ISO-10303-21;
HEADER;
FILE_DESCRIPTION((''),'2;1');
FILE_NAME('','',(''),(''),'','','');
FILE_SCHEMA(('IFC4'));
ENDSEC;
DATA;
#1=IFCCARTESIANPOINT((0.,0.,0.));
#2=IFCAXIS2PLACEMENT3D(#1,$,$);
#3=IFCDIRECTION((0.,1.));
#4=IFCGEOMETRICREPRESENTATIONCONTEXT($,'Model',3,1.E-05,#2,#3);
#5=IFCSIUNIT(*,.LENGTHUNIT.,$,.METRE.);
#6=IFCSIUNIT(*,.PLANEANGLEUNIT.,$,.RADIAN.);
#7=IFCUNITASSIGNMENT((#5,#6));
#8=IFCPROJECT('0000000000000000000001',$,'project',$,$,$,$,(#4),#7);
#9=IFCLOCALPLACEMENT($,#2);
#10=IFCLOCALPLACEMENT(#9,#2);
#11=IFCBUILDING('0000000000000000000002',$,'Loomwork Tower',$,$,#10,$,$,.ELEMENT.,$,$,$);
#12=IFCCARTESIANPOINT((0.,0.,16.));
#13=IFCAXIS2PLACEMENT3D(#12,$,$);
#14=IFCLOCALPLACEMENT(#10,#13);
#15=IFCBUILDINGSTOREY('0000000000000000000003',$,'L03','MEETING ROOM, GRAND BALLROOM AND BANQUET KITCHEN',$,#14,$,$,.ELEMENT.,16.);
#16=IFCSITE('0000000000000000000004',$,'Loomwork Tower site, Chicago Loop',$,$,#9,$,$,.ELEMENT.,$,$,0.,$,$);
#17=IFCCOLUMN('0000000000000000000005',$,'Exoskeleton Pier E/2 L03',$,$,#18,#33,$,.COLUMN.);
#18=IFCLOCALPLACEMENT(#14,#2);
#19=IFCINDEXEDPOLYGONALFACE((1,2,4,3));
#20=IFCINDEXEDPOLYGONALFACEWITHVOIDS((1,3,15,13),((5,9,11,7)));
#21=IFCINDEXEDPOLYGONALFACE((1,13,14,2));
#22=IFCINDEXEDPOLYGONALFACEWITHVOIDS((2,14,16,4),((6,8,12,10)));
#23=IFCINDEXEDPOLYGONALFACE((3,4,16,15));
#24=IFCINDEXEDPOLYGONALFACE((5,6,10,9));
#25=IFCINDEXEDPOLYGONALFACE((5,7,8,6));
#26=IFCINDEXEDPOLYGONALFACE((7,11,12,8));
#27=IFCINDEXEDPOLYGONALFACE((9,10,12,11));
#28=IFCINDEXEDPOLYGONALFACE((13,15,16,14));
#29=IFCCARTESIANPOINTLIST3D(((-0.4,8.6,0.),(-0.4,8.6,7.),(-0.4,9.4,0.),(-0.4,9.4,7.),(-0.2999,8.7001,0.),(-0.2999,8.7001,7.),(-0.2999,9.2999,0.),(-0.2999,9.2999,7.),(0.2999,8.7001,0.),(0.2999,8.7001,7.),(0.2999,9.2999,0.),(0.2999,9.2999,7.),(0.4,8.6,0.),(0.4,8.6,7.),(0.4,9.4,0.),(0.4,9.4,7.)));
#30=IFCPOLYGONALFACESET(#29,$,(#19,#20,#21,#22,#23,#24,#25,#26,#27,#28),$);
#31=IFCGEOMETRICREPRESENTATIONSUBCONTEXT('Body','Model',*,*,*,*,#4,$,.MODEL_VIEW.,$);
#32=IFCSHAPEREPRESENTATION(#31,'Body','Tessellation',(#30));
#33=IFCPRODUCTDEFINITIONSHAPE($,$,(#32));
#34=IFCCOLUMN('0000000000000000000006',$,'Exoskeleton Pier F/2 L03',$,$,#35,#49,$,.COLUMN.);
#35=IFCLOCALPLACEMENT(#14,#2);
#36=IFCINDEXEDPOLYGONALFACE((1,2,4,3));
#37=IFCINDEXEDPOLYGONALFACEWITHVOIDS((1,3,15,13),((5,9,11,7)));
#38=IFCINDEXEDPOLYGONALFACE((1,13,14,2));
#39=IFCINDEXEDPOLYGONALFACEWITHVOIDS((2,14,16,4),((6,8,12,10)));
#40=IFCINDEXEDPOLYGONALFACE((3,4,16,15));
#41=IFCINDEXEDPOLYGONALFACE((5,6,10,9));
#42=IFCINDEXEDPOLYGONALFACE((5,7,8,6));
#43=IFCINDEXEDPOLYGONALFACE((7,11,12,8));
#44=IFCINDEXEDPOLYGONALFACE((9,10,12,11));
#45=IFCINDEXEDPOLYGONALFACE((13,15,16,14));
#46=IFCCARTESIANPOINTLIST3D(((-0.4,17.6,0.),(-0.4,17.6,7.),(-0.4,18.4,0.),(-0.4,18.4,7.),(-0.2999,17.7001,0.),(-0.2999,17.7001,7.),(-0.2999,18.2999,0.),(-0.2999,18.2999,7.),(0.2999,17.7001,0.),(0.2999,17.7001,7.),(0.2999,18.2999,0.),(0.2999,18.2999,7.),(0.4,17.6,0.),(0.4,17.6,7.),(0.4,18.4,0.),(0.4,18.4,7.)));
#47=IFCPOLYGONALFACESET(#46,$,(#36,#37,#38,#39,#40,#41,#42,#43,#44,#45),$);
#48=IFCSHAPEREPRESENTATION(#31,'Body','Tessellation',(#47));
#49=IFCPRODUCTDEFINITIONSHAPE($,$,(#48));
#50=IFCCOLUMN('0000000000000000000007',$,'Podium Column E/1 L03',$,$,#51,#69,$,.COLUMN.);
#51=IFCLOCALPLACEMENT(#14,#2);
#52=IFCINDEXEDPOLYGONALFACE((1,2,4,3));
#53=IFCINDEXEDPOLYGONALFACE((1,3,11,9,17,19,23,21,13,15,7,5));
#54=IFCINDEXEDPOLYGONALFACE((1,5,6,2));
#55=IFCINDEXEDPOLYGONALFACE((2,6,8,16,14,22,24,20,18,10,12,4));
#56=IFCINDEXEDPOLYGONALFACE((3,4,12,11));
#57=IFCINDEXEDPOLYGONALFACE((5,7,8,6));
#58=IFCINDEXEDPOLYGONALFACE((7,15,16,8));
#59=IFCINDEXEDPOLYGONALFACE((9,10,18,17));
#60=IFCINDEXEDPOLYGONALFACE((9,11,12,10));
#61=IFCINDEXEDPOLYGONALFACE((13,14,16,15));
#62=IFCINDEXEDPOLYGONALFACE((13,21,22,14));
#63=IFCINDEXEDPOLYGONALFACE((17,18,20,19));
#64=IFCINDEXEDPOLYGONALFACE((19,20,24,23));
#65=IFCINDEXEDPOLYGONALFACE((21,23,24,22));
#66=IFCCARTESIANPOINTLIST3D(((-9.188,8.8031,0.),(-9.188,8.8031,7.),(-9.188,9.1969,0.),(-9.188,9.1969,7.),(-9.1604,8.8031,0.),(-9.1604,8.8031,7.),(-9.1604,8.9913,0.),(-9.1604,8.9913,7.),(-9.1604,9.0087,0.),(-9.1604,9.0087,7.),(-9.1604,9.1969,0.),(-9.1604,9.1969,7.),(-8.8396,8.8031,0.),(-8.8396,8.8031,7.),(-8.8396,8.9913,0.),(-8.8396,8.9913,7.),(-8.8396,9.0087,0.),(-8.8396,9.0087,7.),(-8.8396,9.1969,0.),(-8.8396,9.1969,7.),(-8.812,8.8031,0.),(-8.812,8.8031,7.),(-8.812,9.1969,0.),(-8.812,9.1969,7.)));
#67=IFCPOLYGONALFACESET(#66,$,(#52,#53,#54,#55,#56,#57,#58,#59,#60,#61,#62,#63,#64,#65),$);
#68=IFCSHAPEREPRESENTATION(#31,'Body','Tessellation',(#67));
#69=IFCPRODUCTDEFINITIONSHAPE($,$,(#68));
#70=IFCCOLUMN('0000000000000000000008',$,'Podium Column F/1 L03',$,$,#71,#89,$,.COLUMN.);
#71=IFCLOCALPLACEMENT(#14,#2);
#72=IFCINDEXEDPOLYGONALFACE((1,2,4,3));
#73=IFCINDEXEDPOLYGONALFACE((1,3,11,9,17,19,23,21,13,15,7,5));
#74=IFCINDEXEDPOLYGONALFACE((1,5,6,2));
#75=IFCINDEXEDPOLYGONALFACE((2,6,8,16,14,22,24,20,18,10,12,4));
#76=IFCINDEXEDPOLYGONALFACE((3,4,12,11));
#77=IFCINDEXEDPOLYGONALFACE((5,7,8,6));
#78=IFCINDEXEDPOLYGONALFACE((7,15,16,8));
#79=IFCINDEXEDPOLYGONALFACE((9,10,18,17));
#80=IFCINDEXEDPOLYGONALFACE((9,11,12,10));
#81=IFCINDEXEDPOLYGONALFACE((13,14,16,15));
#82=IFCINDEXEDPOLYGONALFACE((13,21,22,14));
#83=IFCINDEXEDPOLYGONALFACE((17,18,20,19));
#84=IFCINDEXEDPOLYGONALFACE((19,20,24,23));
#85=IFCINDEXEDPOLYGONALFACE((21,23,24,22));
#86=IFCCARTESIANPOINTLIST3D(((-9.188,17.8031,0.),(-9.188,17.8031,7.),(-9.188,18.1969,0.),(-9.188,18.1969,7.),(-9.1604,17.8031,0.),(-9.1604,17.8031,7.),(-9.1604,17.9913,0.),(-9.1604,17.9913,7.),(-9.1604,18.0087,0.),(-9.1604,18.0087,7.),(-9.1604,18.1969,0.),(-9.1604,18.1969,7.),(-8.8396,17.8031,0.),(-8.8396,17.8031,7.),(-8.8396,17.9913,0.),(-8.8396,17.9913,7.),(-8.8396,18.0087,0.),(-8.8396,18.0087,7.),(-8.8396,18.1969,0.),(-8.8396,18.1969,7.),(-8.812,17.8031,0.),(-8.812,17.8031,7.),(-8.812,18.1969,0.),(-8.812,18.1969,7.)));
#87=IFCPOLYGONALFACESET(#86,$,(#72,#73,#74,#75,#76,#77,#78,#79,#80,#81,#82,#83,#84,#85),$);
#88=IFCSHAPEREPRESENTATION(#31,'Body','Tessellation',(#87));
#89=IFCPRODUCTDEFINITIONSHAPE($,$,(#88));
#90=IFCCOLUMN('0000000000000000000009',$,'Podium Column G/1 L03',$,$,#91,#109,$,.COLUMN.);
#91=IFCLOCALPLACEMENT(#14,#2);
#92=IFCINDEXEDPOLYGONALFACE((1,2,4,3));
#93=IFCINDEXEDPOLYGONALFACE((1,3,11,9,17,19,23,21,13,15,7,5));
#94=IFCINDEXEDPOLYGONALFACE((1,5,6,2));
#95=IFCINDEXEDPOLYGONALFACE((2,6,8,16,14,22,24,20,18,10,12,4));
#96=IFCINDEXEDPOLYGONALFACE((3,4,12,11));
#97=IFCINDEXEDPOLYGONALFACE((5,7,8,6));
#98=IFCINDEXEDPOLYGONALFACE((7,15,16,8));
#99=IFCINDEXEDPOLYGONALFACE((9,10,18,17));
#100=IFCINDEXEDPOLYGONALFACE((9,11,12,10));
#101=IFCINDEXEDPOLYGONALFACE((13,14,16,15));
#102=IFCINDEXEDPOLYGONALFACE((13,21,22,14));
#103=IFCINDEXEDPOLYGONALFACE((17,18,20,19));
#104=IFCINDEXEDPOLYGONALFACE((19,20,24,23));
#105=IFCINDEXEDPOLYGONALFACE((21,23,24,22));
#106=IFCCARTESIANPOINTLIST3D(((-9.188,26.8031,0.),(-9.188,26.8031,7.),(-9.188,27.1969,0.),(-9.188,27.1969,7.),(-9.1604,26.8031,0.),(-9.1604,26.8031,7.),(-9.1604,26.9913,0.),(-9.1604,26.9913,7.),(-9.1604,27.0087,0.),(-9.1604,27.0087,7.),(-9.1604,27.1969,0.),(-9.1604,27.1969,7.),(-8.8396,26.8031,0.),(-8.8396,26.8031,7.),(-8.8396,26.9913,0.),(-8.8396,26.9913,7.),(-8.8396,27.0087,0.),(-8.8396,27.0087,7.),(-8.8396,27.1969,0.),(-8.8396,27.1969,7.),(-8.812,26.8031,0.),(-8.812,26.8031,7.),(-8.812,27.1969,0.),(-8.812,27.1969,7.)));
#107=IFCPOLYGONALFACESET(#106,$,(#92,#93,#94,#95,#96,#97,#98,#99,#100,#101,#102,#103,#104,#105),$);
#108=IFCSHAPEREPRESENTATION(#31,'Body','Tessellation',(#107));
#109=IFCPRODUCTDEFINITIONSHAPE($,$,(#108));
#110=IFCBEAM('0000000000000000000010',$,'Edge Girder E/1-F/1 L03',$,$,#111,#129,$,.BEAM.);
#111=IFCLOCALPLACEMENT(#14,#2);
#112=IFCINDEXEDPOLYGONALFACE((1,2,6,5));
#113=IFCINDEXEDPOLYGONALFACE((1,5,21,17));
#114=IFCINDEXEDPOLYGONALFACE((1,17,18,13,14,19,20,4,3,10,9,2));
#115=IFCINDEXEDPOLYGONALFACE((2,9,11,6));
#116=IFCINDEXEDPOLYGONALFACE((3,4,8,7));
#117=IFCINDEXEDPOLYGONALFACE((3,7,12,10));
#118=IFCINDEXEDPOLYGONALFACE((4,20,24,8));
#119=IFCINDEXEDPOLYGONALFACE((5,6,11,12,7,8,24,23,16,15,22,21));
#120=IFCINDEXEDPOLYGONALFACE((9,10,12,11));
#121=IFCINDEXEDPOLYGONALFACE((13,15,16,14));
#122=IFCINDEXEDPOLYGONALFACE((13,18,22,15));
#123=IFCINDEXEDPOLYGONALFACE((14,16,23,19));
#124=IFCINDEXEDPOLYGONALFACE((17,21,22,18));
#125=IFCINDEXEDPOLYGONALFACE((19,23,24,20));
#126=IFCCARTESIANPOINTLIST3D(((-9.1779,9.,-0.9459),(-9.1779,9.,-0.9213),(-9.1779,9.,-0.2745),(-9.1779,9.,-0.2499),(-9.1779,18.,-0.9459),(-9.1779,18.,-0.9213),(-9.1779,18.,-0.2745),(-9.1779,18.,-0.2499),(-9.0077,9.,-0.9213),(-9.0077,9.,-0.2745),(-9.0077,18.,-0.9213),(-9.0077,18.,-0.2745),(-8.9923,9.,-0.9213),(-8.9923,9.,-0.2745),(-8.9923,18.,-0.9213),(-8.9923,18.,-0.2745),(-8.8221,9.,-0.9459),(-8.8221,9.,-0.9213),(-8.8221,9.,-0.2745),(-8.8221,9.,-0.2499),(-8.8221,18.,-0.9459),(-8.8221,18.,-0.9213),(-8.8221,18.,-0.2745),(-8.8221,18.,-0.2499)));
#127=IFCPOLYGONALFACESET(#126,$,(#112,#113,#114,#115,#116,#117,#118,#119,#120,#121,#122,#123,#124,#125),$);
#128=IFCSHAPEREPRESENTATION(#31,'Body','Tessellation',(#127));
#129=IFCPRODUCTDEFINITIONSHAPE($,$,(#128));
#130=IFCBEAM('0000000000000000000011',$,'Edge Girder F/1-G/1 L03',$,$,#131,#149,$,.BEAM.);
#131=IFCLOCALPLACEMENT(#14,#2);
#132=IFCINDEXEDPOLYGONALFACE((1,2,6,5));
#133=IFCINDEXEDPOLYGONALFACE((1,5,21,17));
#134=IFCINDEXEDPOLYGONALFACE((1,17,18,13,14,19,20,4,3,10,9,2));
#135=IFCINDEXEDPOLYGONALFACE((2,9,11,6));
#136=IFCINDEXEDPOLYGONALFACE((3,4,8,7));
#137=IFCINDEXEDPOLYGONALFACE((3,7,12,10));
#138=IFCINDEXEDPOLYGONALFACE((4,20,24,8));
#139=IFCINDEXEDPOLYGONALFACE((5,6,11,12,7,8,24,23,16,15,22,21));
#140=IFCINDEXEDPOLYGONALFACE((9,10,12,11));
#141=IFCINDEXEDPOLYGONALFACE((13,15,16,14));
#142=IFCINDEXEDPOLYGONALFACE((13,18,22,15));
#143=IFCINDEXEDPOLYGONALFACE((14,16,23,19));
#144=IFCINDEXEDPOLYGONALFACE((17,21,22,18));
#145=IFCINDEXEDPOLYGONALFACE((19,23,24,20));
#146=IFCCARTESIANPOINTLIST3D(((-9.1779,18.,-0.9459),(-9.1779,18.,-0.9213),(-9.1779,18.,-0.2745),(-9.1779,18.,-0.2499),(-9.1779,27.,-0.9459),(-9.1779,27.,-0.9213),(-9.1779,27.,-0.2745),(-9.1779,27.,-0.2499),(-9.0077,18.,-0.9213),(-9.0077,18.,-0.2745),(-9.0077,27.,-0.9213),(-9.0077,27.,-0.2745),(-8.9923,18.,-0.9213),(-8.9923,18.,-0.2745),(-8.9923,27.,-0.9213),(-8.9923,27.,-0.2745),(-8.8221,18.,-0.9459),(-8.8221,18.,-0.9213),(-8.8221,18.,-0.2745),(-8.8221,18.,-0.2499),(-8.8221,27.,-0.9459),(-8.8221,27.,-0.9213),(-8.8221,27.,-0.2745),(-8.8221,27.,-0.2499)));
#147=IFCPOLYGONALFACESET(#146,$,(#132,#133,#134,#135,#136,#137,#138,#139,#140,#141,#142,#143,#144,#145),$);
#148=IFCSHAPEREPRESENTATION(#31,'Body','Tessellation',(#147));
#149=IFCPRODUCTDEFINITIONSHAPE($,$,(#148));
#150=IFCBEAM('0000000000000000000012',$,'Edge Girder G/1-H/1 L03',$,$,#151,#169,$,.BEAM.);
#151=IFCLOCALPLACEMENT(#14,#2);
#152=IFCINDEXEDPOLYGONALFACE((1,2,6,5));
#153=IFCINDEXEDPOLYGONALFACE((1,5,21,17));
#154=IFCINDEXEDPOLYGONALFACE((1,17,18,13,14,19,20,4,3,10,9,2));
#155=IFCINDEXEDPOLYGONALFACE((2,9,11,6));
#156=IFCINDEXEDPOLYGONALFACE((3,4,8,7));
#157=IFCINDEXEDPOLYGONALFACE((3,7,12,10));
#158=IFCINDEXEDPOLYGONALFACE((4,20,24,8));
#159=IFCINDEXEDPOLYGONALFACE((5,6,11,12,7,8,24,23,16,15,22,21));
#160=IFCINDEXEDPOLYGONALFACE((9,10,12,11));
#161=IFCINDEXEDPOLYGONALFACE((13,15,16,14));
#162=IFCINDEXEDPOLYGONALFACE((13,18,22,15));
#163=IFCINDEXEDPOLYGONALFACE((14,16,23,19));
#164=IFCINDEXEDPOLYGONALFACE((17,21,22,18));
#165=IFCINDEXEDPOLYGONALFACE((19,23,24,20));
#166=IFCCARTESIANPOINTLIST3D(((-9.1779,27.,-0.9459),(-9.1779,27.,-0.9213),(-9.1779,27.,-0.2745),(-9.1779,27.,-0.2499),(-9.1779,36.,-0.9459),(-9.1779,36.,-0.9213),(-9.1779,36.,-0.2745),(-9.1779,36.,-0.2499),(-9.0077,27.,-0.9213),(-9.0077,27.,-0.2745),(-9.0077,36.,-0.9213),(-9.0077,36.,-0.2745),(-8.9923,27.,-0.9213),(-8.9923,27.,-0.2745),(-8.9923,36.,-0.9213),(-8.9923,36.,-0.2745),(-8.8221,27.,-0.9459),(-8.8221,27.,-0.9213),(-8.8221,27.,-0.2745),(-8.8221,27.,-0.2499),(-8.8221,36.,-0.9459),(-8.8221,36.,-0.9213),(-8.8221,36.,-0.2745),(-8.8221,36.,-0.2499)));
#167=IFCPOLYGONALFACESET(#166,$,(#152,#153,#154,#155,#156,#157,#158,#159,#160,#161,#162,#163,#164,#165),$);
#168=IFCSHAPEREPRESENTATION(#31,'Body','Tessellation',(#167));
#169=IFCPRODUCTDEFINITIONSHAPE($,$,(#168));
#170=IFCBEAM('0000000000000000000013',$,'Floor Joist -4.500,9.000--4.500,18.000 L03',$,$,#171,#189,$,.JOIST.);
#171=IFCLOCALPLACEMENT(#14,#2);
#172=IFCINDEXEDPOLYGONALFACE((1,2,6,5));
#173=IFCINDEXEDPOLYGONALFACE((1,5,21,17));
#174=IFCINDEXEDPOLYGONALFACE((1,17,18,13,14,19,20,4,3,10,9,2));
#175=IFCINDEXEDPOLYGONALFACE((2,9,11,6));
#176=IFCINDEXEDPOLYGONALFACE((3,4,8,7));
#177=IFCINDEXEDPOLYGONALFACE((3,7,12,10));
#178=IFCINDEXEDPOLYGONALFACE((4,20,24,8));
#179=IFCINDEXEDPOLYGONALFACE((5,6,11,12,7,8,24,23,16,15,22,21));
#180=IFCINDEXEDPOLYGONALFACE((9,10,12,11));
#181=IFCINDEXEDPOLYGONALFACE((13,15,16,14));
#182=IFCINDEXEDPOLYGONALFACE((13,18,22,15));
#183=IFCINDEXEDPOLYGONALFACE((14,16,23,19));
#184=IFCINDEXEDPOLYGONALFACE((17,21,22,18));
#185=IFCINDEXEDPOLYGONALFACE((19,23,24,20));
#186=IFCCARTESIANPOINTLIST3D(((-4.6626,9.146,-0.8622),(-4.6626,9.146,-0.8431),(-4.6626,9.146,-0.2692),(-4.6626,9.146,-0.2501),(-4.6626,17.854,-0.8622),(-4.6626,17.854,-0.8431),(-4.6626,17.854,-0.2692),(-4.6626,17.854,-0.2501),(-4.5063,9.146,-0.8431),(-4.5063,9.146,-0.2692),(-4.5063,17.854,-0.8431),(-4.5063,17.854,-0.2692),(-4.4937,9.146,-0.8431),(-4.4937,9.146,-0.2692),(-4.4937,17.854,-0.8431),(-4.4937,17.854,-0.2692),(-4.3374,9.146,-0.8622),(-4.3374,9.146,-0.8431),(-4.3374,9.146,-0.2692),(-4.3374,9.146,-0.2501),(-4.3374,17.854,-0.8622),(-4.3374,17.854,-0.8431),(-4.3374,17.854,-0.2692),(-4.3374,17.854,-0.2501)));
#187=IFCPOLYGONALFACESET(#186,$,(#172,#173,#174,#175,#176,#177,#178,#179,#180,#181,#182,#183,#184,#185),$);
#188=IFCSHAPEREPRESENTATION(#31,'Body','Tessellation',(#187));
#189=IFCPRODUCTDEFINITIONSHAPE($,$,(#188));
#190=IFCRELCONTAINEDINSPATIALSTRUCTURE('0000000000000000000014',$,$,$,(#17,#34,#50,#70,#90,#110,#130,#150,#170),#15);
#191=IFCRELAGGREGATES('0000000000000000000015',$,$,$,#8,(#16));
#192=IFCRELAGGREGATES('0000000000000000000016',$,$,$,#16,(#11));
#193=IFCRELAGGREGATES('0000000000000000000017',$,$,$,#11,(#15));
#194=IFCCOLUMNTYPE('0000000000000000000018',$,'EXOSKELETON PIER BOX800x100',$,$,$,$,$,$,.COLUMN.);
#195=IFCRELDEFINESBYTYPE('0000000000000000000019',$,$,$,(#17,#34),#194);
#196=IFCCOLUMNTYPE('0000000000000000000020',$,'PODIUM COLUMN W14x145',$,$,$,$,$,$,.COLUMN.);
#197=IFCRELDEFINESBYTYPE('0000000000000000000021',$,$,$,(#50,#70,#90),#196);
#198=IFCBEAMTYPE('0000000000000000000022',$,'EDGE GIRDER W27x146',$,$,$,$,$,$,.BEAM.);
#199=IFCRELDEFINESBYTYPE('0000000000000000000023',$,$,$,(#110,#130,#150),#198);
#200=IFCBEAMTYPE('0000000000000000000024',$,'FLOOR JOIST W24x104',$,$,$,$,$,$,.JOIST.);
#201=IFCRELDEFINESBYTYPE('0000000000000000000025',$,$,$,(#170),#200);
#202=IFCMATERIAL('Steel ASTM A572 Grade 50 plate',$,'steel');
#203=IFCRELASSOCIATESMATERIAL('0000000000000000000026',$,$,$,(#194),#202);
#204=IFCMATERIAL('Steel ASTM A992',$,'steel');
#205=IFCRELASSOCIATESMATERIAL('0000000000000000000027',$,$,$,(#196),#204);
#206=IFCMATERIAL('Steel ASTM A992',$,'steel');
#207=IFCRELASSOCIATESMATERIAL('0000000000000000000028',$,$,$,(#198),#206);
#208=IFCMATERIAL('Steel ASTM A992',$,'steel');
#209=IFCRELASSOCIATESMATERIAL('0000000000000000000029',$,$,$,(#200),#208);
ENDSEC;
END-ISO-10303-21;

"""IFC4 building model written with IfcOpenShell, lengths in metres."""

from ifc_helpers import new_model, si_unit, direction, frame, origin, origin_2d, place, context, subcontext, project, spatial, hollow_rectangle, i_section, extrude, material, material_profile, profile_set, type_object, element, save


model = new_model("IFC4")

# Units and contexts
model_context = context("Model", 3, precision=1e-05, world=origin(), true_north=direction((0.0, 1.0)))
body_context = subcontext(model_context, "Body", "Model", "MODEL_VIEW")
ifc_project = project(units=[si_unit("LENGTHUNIT", "METRE"), si_unit("PLANEANGLEUNIT", "RADIAN")], contexts=[model_context])

# Site, building, storey
site_placement = place(None, origin())
site = spatial("IfcSite", under=ifc_project, at=site_placement, Name="Loomwork Tower site, Chicago Loop", CompositionType="ELEMENT", RefElevation=0.0)
building_placement = place(site_placement, origin())
building = spatial("IfcBuilding", under=site, at=building_placement, Name="Loomwork Tower", CompositionType="ELEMENT")
storey_placement = place(building_placement, frame((0.0, 0.0, 16.0)))
storey = spatial("IfcBuildingStorey", under=building, at=storey_placement, Name="L03", Description="MEETING ROOM, GRAND BALLROOM AND BANQUET KITCHEN", CompositionType="ELEMENT", Elevation=16.0)

# Columns
ifc_material_1 = material(Name="Steel ASTM A572 Grade 50 plate", Category="steel")
ifc_material_profile_1 = material_profile(ifc_material_1, hollow_rectangle(XDim=0.8, YDim=0.8, WallThickness=0.1001, at=origin_2d()), Name="BOX800x100")
ifc_profile_set_1 = profile_set([ifc_material_profile_1], Name="Steel ASTM A572 Grade 50 plate")
column_type_1 = type_object("IfcColumnType", Name="EXOSKELETON PIER BOX800x100", PredefinedType="COLUMN", material=ifc_profile_set_1)
for number, where, z_axis, x_axis, name in (
    (1, (0.0, 9.0, 0.0), (0.0, 0.0, 1.0), (0.0, 1.0, 0.0), "Exoskeleton Pier E/2 L03"),
    (2, (0.0, 18.0, 0.0), (0.0, 0.0, 1.0), (0.0, 1.0, 0.0), "Exoskeleton Pier F/2 L03"),
):
    element("IfcColumn", number, at=place(storey_placement, frame(where, z_axis=z_axis, x_axis=x_axis)), inside=storey, type_object=column_type_1, Name=name, PredefinedType="COLUMN", context=body_context, shape_type="SweptSolid", body=[
        extrude(hollow_rectangle(XDim=0.8, YDim=0.8, WallThickness=0.1001, at=origin_2d()), origin(), (0.0, 0.0, 1.0), 7.0),
    ])
ifc_material_2 = material(Name="Steel ASTM A992", Category="steel")
ifc_material_profile_2 = material_profile(ifc_material_2, i_section(OverallWidth=0.3938, OverallDepth=0.376, WebThickness=0.0173, FlangeThickness=0.0276, at=origin_2d()), Name="W14x145")
ifc_profile_set_2 = profile_set([ifc_material_profile_2], Name="Steel ASTM A992")
column_type_2 = type_object("IfcColumnType", Name="PODIUM COLUMN W14x145", PredefinedType="COLUMN", material=ifc_profile_set_2)
for number, where, z_axis, x_axis, name in (
    (3, (-9.0, 9.0, 0.0), (0.0, 0.0, 1.0), (0.0, 1.0, 0.0), "Podium Column E/1 L03"),
    (4, (-9.0, 18.0, 0.0), (0.0, 0.0, 1.0), (0.0, 1.0, 0.0), "Podium Column F/1 L03"),
    (5, (-9.0, 27.0, 0.0), (0.0, 0.0, 1.0), (0.0, 1.0, 0.0), "Podium Column G/1 L03"),
):
    element("IfcColumn", number, at=place(storey_placement, frame(where, z_axis=z_axis, x_axis=x_axis)), inside=storey, type_object=column_type_2, Name=name, PredefinedType="COLUMN", context=body_context, shape_type="SweptSolid", body=[
        extrude(i_section(OverallWidth=0.3938, OverallDepth=0.376, WebThickness=0.0173, FlangeThickness=0.0276, at=origin_2d()), origin(), (0.0, 0.0, 1.0), 7.0),
    ])

# Beams
ifc_material_3 = material(Name="Steel ASTM A992", Category="steel")
ifc_material_profile_3 = material_profile(ifc_material_3, i_section(OverallWidth=0.3557, OverallDepth=0.696, WebThickness=0.0154, FlangeThickness=0.0247, at=origin_2d()), Name="W27x146")
ifc_profile_set_3 = profile_set([ifc_material_profile_3], Name="Steel ASTM A992")
beam_type_1 = type_object("IfcBeamType", Name="EDGE GIRDER W27x146", PredefinedType="BEAM", material=ifc_profile_set_3)
for number, where, z_axis, x_axis, name in (
    (6, (-9.0, 9.0, -0.5979), (0.0, 1.0, 0.0), (-1.0, 0.0, 0.0), "Edge Girder E/1-F/1 L03"),
    (7, (-9.0, 18.0, -0.5979), (0.0, 1.0, 0.0), (-1.0, 0.0, 0.0), "Edge Girder F/1-G/1 L03"),
    (8, (-9.0, 27.0, -0.5979), (0.0, 1.0, 0.0), (-1.0, 0.0, 0.0), "Edge Girder G/1-H/1 L03"),
):
    element("IfcBeam", number, at=place(storey_placement, frame(where, z_axis=z_axis, x_axis=x_axis)), inside=storey, type_object=beam_type_1, Name=name, PredefinedType="BEAM", context=body_context, shape_type="SweptSolid", body=[
        extrude(i_section(OverallWidth=0.3557, OverallDepth=0.696, WebThickness=0.0154, FlangeThickness=0.0247, at=origin_2d()), origin(), (0.0, 0.0, 1.0), 9.0),
    ])
ifc_material_4 = material(Name="Steel ASTM A992", Category="steel")
ifc_material_profile_4 = material_profile(ifc_material_4, i_section(OverallWidth=0.3252, OverallDepth=0.6121, WebThickness=0.0127, FlangeThickness=0.019, at=origin_2d()), Name="W24x104")
ifc_profile_set_4 = profile_set([ifc_material_profile_4], Name="Steel ASTM A992")
beam_type_2 = type_object("IfcBeamType", Name="FLOOR JOIST W24x104", PredefinedType="JOIST", material=ifc_profile_set_4)
for number, where, z_axis, x_axis, name in (
    (9, (-4.5, 9.146, -0.5562), (0.0, 1.0, 0.0), (-1.0, 0.0, 0.0), "Floor Joist -4.500,9.000--4.500,18.000 L03"),
):
    element("IfcBeam", number, at=place(storey_placement, frame(where, z_axis=z_axis, x_axis=x_axis)), inside=storey, type_object=beam_type_2, Name=name, PredefinedType="JOIST", context=body_context, shape_type="SweptSolid", body=[
        extrude(i_section(OverallWidth=0.3252, OverallDepth=0.6121, WebThickness=0.0127, FlangeThickness=0.019, at=origin_2d()), origin(), (0.0, 0.0, 1.0), 8.708),
    ])

save(model, "model.ifc")
